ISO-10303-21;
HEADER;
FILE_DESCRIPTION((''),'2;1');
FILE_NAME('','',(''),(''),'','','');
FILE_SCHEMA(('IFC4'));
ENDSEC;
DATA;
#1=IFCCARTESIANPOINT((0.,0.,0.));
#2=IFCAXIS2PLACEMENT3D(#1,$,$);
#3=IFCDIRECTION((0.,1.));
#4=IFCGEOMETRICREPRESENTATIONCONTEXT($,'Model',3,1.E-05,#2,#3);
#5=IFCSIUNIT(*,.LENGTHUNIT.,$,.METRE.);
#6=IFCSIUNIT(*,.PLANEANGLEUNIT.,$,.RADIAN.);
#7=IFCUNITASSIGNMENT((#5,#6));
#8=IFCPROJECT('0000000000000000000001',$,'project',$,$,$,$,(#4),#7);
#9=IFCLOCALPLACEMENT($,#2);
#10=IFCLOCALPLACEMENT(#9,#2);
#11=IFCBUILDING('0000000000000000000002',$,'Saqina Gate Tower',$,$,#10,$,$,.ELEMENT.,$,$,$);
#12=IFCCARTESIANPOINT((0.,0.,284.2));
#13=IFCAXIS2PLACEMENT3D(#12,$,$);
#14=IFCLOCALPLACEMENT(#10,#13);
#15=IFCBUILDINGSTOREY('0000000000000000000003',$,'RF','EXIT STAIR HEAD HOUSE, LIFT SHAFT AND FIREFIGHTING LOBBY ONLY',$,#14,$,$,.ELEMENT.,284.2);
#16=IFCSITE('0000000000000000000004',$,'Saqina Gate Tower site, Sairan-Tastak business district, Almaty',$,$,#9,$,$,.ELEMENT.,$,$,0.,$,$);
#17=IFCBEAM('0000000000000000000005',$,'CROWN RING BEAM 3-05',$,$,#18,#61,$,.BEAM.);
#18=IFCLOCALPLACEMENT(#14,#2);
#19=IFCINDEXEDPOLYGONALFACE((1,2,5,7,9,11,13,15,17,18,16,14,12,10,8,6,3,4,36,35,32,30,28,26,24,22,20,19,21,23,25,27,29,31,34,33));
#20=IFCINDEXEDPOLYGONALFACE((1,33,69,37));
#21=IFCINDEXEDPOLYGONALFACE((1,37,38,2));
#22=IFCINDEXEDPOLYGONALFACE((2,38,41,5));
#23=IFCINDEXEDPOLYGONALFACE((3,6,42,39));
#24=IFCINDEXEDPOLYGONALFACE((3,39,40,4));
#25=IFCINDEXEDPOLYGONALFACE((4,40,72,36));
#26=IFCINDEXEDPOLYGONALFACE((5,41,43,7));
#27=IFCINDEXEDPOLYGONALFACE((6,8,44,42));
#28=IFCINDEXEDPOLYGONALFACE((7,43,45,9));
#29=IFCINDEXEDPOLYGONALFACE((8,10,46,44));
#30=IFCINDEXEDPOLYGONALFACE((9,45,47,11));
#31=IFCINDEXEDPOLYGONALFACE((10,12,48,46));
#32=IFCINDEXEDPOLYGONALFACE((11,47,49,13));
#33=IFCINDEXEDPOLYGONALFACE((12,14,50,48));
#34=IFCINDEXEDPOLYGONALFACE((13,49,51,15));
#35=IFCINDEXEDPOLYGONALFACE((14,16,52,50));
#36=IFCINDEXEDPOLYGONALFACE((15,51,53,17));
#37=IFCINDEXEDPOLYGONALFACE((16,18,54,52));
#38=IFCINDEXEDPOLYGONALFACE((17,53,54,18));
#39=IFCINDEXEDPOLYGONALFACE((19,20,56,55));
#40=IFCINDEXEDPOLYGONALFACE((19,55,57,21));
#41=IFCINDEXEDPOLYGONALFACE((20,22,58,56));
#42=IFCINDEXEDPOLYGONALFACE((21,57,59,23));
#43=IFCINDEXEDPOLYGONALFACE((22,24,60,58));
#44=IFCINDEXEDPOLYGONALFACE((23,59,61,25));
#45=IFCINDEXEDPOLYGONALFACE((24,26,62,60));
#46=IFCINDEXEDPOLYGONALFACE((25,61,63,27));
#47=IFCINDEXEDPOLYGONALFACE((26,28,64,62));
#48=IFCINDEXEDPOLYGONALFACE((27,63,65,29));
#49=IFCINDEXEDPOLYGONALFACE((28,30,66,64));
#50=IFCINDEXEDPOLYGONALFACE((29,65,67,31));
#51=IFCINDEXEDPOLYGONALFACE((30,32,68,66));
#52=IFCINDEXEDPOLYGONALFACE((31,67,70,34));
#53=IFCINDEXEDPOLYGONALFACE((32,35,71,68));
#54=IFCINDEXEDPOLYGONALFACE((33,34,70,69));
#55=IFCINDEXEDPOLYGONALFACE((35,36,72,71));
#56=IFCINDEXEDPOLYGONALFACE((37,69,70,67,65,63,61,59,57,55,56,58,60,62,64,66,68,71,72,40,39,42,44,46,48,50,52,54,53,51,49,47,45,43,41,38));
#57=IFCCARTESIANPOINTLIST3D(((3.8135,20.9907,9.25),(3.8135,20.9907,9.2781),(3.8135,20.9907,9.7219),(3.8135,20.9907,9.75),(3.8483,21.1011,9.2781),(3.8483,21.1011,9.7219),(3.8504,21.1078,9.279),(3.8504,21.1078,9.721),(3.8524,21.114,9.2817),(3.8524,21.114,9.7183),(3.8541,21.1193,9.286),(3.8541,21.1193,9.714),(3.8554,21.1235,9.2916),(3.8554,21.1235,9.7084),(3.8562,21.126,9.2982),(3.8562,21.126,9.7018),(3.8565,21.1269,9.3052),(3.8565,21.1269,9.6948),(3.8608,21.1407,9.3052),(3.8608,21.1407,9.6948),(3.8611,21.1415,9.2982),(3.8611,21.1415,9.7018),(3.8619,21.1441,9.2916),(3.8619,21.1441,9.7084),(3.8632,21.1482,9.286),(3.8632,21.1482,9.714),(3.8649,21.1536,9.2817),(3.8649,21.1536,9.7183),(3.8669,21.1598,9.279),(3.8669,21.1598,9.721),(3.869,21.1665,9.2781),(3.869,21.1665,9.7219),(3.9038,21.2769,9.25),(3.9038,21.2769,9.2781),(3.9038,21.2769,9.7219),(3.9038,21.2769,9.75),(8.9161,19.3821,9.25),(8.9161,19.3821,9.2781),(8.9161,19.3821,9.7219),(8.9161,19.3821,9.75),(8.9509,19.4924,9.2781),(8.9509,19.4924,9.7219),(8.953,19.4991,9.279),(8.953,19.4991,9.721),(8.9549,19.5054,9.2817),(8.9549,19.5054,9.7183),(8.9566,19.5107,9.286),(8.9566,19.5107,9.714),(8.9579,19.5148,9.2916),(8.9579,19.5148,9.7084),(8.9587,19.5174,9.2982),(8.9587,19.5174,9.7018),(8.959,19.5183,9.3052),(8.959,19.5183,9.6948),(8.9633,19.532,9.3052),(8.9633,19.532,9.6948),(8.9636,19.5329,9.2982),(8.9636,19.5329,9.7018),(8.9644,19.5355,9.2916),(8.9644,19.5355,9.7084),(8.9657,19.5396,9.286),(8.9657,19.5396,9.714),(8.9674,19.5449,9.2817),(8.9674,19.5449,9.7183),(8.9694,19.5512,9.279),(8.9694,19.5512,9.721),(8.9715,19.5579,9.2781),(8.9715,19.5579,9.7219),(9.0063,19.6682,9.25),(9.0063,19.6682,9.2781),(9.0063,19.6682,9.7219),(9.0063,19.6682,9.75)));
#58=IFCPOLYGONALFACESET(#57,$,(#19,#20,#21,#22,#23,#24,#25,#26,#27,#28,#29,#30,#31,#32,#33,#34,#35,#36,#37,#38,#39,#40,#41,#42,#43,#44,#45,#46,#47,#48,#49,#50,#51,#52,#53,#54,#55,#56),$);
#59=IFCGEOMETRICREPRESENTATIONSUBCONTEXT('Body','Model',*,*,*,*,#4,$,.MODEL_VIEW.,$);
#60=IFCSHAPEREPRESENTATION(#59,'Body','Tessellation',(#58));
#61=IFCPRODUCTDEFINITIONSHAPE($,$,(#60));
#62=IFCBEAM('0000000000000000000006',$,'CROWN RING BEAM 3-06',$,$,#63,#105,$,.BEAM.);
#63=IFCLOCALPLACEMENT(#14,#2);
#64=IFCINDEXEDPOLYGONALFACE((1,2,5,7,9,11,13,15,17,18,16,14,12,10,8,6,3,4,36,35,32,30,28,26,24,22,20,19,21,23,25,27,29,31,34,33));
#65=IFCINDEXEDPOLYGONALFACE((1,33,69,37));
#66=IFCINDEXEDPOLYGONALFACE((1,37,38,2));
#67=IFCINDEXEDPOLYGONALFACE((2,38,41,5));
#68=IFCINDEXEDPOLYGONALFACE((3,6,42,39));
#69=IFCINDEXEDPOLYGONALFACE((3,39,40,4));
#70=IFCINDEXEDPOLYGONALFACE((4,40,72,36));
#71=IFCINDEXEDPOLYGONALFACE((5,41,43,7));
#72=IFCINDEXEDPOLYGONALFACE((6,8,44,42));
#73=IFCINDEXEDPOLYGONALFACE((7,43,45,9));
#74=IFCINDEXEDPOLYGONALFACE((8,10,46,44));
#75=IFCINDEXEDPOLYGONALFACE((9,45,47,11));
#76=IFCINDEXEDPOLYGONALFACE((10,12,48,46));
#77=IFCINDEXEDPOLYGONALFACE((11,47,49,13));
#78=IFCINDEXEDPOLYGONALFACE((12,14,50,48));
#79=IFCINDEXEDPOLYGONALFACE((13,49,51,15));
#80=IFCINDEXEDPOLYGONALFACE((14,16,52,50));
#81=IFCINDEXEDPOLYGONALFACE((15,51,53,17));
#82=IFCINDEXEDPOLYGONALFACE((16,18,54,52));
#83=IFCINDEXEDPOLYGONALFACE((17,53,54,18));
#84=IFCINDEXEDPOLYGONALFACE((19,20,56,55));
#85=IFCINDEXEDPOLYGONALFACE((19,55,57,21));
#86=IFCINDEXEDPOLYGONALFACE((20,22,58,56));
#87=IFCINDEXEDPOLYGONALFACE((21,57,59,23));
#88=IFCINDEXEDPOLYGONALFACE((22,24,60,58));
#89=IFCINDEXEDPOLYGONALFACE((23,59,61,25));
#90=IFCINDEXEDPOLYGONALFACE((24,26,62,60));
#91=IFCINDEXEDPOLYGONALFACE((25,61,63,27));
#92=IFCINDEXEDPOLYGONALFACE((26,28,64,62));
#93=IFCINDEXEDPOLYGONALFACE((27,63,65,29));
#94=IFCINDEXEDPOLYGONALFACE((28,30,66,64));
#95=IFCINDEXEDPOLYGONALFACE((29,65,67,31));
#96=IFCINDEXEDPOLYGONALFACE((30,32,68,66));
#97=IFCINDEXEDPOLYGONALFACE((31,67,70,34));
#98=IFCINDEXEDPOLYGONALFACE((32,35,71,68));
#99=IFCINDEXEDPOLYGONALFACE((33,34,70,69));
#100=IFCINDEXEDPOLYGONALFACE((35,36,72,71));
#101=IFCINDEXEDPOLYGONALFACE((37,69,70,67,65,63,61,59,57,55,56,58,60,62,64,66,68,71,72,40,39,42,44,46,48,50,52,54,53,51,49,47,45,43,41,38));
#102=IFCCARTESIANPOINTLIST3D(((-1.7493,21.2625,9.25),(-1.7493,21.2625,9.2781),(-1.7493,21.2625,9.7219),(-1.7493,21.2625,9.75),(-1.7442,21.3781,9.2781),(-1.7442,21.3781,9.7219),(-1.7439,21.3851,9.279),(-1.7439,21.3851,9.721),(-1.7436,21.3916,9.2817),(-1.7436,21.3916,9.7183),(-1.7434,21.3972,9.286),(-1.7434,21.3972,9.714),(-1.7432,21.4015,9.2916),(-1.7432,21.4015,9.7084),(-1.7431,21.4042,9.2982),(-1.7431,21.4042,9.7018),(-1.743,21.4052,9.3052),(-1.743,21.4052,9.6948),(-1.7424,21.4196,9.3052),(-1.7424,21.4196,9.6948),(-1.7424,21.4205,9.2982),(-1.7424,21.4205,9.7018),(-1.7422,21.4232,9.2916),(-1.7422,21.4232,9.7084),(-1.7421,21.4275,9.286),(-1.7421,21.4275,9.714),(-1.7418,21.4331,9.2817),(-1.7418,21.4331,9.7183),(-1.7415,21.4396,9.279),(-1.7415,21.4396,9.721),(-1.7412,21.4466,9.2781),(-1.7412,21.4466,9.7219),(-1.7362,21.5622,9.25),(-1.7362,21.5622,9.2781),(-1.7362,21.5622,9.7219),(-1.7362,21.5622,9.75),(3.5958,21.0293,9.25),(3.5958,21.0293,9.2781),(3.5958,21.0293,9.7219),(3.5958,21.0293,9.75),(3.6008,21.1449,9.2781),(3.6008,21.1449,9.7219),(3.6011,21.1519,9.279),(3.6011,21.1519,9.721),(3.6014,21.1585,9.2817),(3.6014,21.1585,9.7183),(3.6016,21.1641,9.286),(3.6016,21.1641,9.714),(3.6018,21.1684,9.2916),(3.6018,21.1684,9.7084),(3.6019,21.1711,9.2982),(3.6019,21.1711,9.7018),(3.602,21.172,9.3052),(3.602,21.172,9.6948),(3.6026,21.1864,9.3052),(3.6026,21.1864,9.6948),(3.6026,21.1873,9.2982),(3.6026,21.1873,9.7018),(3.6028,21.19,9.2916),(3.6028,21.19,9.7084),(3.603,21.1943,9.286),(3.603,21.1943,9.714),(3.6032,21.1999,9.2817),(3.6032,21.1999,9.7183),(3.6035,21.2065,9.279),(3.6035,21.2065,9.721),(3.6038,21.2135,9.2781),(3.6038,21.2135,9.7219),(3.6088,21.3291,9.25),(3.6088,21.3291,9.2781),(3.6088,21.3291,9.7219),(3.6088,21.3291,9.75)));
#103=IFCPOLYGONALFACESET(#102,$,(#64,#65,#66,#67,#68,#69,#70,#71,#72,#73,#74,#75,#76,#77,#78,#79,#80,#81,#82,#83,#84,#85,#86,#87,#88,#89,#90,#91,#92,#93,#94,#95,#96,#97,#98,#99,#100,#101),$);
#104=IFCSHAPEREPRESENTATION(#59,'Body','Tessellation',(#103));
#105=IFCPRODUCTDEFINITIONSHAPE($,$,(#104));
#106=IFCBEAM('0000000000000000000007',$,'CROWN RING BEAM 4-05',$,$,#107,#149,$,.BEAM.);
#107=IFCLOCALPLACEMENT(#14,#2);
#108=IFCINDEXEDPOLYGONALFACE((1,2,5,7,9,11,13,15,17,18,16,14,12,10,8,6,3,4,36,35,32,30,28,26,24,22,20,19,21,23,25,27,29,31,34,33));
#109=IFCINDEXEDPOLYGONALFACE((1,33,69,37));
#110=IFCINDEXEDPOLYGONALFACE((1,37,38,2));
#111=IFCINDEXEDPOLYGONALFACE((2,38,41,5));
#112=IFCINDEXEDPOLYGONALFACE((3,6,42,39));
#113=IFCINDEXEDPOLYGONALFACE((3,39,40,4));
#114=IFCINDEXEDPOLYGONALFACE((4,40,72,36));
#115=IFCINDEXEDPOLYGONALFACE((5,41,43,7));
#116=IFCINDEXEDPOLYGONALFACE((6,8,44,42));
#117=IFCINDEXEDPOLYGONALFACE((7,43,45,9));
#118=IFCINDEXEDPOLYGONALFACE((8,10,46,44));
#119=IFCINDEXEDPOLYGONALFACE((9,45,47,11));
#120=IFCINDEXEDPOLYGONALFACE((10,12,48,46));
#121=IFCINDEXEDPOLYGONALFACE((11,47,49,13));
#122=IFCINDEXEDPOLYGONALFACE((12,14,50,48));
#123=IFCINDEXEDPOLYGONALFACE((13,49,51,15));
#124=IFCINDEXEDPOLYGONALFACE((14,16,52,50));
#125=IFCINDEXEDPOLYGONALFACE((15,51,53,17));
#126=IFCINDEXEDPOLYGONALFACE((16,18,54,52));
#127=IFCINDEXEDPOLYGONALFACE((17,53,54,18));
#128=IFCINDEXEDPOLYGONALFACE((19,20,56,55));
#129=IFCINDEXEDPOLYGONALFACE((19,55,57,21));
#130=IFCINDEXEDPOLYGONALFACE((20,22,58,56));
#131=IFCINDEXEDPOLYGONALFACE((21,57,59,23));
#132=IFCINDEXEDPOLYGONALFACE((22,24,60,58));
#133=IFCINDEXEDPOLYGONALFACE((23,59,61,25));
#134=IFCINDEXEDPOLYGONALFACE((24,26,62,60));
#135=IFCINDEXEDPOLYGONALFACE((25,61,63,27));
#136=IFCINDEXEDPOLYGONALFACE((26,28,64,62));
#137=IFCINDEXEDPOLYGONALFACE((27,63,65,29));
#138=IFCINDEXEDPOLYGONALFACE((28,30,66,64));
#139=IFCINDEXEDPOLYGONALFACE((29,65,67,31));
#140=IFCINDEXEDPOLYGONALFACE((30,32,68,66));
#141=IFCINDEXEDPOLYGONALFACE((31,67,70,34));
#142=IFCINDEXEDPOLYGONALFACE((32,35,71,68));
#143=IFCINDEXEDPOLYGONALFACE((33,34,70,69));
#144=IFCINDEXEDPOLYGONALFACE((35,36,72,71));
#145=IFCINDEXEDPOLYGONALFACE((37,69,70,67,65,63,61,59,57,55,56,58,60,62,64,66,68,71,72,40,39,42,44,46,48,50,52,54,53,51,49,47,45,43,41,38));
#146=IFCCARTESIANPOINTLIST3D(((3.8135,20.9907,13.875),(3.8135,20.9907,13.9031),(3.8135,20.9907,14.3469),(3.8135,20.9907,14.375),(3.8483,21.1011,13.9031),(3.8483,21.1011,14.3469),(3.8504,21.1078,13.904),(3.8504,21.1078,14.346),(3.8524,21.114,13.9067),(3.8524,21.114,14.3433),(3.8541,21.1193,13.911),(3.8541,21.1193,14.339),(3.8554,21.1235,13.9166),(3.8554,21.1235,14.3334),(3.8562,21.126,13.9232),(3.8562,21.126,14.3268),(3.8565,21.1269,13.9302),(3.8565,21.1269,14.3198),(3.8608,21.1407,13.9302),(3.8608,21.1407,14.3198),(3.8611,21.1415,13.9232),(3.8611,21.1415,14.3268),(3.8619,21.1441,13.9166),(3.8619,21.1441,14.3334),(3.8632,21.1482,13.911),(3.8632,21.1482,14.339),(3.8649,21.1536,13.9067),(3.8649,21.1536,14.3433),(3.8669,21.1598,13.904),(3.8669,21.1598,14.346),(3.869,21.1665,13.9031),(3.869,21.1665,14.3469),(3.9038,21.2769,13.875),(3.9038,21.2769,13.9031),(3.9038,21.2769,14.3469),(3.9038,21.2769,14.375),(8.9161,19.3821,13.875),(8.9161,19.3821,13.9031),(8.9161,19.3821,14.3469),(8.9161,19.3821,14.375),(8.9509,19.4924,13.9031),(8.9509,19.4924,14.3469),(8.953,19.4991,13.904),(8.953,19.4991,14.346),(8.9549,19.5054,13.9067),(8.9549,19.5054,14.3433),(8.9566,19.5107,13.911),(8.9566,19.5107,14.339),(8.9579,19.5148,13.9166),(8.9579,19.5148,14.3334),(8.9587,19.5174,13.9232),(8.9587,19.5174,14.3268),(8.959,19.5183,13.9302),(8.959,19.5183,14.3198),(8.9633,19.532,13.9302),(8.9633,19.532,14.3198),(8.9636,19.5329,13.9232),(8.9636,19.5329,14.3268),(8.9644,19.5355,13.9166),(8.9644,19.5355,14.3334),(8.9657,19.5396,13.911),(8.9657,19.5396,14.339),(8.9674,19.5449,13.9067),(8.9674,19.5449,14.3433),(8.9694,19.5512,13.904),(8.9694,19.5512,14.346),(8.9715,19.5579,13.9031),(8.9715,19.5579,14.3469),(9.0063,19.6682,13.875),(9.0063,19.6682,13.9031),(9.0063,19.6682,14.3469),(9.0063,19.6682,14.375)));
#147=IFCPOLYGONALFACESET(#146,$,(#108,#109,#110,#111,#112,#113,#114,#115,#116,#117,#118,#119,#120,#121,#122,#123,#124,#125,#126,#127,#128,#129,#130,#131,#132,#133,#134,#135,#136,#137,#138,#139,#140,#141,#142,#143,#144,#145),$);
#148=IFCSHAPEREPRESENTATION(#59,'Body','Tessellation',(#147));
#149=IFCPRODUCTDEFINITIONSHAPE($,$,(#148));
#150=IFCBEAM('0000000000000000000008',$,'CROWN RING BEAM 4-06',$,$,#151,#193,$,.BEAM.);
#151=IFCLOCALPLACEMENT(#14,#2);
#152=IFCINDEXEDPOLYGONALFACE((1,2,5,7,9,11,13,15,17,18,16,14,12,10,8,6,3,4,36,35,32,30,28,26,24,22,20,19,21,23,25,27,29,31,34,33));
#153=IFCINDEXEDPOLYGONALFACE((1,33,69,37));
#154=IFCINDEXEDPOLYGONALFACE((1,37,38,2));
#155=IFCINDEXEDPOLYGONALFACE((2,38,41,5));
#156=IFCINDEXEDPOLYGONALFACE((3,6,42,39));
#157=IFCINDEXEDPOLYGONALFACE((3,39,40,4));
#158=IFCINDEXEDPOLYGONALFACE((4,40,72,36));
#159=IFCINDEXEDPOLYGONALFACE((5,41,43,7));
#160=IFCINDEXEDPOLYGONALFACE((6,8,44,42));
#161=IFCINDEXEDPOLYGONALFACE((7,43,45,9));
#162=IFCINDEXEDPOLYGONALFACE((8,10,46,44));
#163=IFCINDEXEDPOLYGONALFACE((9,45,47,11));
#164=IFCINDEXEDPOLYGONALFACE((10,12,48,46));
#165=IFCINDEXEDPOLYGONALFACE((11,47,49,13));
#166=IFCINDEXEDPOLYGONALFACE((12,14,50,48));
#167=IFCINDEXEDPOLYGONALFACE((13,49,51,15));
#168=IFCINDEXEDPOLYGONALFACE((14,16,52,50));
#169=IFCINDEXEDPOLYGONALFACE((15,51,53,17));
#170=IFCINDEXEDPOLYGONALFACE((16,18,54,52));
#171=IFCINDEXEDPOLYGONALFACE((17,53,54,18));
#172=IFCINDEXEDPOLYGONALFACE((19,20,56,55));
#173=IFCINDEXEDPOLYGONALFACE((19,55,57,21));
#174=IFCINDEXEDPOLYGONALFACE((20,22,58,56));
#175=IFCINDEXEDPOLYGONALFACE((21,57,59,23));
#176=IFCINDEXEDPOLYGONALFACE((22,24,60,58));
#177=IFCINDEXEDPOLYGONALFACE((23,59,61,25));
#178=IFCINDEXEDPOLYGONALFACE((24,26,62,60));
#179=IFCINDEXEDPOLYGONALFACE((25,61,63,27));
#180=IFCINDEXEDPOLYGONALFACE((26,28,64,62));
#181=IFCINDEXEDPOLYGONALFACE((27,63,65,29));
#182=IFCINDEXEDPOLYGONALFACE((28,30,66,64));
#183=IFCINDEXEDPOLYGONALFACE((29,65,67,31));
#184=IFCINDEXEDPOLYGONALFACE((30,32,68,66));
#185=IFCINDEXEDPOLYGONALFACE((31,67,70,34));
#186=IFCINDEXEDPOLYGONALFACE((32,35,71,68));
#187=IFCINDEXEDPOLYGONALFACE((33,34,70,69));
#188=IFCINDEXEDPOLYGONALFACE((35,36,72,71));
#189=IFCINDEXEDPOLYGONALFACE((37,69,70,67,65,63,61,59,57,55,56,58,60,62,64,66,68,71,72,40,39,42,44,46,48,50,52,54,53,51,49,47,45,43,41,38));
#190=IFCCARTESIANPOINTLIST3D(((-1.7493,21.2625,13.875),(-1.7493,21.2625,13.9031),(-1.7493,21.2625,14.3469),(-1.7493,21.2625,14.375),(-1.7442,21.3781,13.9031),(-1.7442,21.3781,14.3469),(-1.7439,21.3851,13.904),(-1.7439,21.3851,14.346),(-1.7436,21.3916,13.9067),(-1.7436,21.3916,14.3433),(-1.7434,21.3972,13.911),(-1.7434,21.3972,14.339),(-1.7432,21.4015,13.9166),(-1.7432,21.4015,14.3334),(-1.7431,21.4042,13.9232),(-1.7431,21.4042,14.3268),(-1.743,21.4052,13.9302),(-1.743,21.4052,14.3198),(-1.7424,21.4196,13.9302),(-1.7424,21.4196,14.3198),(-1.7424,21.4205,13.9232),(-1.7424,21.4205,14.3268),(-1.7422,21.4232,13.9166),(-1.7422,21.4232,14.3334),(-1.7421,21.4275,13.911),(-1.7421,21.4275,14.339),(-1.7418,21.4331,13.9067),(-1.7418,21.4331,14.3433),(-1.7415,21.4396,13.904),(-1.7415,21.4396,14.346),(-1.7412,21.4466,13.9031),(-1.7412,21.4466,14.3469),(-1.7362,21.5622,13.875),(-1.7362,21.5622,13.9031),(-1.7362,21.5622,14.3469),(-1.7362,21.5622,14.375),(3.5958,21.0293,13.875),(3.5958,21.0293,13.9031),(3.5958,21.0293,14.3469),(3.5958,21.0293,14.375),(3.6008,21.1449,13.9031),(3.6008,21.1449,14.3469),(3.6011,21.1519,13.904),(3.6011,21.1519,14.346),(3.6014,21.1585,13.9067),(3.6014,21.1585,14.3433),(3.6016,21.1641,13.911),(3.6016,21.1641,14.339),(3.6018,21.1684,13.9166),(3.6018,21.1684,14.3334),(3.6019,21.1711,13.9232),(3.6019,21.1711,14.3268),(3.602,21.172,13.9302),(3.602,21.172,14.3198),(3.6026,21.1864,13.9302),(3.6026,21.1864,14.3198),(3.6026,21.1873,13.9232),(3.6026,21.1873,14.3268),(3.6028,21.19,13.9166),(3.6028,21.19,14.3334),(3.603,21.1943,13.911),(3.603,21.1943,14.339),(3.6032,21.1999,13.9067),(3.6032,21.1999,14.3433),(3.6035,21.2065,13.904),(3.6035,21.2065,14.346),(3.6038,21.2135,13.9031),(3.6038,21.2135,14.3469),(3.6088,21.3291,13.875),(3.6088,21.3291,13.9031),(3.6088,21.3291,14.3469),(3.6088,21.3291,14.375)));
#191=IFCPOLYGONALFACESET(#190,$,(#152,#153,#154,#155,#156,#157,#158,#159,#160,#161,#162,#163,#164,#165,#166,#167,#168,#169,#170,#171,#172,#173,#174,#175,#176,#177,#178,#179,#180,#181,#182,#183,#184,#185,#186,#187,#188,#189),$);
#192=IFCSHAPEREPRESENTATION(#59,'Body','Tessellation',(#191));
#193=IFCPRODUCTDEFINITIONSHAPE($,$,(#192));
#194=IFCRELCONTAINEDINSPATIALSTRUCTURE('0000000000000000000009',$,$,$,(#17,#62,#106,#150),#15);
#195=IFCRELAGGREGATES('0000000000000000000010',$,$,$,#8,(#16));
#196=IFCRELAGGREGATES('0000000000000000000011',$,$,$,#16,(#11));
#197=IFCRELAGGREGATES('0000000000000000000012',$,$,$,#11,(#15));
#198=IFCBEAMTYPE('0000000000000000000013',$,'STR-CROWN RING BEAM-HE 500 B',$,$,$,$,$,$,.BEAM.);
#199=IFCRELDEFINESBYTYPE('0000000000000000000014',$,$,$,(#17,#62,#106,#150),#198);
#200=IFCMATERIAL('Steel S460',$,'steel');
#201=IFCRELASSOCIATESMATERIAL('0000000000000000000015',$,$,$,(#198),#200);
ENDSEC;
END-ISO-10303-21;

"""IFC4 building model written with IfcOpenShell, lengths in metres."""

from ifc_helpers import new_model, si_unit, direction, frame, origin, origin_2d, place, context, subcontext, project, spatial, i_section, extrude, material, material_profile, profile_set, type_object, element, save


model = new_model("IFC4")

# Units and contexts
model_context = context("Model", 3, precision=1e-05, world=origin(), true_north=direction((0.0, 1.0)))
body_context = subcontext(model_context, "Body", "Model", "MODEL_VIEW")
ifc_project = project(units=[si_unit("LENGTHUNIT", "METRE"), si_unit("PLANEANGLEUNIT", "RADIAN")], contexts=[model_context])

# Site, building, storey
site_placement = place(None, origin())
site = spatial("IfcSite", under=ifc_project, at=site_placement, Name="Saqina Gate Tower site, Sairan-Tastak business district, Almaty", CompositionType="ELEMENT", RefElevation=0.0)
building_placement = place(site_placement, origin())
building = spatial("IfcBuilding", under=site, at=building_placement, Name="Saqina Gate Tower", CompositionType="ELEMENT")
storey_placement = place(building_placement, frame((0.0, 0.0, 284.2)))
storey = spatial("IfcBuildingStorey", under=building, at=storey_placement, Name="RF", Description="EXIT STAIR HEAD HOUSE, LIFT SHAFT AND FIREFIGHTING LOBBY ONLY", CompositionType="ELEMENT", Elevation=284.2)

# Beams
ifc_material_1 = material(Name="Steel S460", Category="steel")
ifc_material_profile_1 = material_profile(ifc_material_1, i_section(OverallWidth=0.3, OverallDepth=0.5, WebThickness=0.0144, FlangeThickness=0.0281, FilletRadius=0.0271, at=origin_2d()), Name="HE 500 B")
ifc_profile_set_1 = profile_set([ifc_material_profile_1], Name="Steel S460")
beam_type_1 = type_object("IfcBeamType", Name="STR-CROWN RING BEAM-HE 500 B", PredefinedType="BEAM", material=ifc_profile_set_1)
for number, where, z_axis, x_axis, name in (
    (1, (8.9612, 19.5251, 9.5), (-0.953727, 0.300675, 0.0), (-0.300675, -0.953727, 0.0), "CROWN RING BEAM 3-05"),
    (2, (3.6023, 21.1792, 9.5), (-0.99905, 0.04358, 0.0), (-0.04358, -0.99905, 0.0), "CROWN RING BEAM 3-06"),
    (3, (8.9612, 19.5251, 14.125), (-0.953727, 0.300675, 0.0), (-0.300675, -0.953727, 0.0), "CROWN RING BEAM 4-05"),
    (4, (3.6023, 21.1792, 14.125), (-0.99905, 0.04358, 0.0), (-0.04358, -0.99905, 0.0), "CROWN RING BEAM 4-06"),
):
    element("IfcBeam", number, at=place(storey_placement, frame(where, z_axis=z_axis, x_axis=x_axis)), inside=storey, type_object=beam_type_1, Name=name, PredefinedType="BEAM", context=body_context, shape_type="SweptSolid", body=[
        extrude(i_section(OverallWidth=0.3, OverallDepth=0.5, WebThickness=0.0144, FlangeThickness=0.0281, FilletRadius=0.0271, at=origin_2d()), origin(), (0.0, 0.0, 1.0), 5.3501),
    ])

save(model, "model.ifc")
